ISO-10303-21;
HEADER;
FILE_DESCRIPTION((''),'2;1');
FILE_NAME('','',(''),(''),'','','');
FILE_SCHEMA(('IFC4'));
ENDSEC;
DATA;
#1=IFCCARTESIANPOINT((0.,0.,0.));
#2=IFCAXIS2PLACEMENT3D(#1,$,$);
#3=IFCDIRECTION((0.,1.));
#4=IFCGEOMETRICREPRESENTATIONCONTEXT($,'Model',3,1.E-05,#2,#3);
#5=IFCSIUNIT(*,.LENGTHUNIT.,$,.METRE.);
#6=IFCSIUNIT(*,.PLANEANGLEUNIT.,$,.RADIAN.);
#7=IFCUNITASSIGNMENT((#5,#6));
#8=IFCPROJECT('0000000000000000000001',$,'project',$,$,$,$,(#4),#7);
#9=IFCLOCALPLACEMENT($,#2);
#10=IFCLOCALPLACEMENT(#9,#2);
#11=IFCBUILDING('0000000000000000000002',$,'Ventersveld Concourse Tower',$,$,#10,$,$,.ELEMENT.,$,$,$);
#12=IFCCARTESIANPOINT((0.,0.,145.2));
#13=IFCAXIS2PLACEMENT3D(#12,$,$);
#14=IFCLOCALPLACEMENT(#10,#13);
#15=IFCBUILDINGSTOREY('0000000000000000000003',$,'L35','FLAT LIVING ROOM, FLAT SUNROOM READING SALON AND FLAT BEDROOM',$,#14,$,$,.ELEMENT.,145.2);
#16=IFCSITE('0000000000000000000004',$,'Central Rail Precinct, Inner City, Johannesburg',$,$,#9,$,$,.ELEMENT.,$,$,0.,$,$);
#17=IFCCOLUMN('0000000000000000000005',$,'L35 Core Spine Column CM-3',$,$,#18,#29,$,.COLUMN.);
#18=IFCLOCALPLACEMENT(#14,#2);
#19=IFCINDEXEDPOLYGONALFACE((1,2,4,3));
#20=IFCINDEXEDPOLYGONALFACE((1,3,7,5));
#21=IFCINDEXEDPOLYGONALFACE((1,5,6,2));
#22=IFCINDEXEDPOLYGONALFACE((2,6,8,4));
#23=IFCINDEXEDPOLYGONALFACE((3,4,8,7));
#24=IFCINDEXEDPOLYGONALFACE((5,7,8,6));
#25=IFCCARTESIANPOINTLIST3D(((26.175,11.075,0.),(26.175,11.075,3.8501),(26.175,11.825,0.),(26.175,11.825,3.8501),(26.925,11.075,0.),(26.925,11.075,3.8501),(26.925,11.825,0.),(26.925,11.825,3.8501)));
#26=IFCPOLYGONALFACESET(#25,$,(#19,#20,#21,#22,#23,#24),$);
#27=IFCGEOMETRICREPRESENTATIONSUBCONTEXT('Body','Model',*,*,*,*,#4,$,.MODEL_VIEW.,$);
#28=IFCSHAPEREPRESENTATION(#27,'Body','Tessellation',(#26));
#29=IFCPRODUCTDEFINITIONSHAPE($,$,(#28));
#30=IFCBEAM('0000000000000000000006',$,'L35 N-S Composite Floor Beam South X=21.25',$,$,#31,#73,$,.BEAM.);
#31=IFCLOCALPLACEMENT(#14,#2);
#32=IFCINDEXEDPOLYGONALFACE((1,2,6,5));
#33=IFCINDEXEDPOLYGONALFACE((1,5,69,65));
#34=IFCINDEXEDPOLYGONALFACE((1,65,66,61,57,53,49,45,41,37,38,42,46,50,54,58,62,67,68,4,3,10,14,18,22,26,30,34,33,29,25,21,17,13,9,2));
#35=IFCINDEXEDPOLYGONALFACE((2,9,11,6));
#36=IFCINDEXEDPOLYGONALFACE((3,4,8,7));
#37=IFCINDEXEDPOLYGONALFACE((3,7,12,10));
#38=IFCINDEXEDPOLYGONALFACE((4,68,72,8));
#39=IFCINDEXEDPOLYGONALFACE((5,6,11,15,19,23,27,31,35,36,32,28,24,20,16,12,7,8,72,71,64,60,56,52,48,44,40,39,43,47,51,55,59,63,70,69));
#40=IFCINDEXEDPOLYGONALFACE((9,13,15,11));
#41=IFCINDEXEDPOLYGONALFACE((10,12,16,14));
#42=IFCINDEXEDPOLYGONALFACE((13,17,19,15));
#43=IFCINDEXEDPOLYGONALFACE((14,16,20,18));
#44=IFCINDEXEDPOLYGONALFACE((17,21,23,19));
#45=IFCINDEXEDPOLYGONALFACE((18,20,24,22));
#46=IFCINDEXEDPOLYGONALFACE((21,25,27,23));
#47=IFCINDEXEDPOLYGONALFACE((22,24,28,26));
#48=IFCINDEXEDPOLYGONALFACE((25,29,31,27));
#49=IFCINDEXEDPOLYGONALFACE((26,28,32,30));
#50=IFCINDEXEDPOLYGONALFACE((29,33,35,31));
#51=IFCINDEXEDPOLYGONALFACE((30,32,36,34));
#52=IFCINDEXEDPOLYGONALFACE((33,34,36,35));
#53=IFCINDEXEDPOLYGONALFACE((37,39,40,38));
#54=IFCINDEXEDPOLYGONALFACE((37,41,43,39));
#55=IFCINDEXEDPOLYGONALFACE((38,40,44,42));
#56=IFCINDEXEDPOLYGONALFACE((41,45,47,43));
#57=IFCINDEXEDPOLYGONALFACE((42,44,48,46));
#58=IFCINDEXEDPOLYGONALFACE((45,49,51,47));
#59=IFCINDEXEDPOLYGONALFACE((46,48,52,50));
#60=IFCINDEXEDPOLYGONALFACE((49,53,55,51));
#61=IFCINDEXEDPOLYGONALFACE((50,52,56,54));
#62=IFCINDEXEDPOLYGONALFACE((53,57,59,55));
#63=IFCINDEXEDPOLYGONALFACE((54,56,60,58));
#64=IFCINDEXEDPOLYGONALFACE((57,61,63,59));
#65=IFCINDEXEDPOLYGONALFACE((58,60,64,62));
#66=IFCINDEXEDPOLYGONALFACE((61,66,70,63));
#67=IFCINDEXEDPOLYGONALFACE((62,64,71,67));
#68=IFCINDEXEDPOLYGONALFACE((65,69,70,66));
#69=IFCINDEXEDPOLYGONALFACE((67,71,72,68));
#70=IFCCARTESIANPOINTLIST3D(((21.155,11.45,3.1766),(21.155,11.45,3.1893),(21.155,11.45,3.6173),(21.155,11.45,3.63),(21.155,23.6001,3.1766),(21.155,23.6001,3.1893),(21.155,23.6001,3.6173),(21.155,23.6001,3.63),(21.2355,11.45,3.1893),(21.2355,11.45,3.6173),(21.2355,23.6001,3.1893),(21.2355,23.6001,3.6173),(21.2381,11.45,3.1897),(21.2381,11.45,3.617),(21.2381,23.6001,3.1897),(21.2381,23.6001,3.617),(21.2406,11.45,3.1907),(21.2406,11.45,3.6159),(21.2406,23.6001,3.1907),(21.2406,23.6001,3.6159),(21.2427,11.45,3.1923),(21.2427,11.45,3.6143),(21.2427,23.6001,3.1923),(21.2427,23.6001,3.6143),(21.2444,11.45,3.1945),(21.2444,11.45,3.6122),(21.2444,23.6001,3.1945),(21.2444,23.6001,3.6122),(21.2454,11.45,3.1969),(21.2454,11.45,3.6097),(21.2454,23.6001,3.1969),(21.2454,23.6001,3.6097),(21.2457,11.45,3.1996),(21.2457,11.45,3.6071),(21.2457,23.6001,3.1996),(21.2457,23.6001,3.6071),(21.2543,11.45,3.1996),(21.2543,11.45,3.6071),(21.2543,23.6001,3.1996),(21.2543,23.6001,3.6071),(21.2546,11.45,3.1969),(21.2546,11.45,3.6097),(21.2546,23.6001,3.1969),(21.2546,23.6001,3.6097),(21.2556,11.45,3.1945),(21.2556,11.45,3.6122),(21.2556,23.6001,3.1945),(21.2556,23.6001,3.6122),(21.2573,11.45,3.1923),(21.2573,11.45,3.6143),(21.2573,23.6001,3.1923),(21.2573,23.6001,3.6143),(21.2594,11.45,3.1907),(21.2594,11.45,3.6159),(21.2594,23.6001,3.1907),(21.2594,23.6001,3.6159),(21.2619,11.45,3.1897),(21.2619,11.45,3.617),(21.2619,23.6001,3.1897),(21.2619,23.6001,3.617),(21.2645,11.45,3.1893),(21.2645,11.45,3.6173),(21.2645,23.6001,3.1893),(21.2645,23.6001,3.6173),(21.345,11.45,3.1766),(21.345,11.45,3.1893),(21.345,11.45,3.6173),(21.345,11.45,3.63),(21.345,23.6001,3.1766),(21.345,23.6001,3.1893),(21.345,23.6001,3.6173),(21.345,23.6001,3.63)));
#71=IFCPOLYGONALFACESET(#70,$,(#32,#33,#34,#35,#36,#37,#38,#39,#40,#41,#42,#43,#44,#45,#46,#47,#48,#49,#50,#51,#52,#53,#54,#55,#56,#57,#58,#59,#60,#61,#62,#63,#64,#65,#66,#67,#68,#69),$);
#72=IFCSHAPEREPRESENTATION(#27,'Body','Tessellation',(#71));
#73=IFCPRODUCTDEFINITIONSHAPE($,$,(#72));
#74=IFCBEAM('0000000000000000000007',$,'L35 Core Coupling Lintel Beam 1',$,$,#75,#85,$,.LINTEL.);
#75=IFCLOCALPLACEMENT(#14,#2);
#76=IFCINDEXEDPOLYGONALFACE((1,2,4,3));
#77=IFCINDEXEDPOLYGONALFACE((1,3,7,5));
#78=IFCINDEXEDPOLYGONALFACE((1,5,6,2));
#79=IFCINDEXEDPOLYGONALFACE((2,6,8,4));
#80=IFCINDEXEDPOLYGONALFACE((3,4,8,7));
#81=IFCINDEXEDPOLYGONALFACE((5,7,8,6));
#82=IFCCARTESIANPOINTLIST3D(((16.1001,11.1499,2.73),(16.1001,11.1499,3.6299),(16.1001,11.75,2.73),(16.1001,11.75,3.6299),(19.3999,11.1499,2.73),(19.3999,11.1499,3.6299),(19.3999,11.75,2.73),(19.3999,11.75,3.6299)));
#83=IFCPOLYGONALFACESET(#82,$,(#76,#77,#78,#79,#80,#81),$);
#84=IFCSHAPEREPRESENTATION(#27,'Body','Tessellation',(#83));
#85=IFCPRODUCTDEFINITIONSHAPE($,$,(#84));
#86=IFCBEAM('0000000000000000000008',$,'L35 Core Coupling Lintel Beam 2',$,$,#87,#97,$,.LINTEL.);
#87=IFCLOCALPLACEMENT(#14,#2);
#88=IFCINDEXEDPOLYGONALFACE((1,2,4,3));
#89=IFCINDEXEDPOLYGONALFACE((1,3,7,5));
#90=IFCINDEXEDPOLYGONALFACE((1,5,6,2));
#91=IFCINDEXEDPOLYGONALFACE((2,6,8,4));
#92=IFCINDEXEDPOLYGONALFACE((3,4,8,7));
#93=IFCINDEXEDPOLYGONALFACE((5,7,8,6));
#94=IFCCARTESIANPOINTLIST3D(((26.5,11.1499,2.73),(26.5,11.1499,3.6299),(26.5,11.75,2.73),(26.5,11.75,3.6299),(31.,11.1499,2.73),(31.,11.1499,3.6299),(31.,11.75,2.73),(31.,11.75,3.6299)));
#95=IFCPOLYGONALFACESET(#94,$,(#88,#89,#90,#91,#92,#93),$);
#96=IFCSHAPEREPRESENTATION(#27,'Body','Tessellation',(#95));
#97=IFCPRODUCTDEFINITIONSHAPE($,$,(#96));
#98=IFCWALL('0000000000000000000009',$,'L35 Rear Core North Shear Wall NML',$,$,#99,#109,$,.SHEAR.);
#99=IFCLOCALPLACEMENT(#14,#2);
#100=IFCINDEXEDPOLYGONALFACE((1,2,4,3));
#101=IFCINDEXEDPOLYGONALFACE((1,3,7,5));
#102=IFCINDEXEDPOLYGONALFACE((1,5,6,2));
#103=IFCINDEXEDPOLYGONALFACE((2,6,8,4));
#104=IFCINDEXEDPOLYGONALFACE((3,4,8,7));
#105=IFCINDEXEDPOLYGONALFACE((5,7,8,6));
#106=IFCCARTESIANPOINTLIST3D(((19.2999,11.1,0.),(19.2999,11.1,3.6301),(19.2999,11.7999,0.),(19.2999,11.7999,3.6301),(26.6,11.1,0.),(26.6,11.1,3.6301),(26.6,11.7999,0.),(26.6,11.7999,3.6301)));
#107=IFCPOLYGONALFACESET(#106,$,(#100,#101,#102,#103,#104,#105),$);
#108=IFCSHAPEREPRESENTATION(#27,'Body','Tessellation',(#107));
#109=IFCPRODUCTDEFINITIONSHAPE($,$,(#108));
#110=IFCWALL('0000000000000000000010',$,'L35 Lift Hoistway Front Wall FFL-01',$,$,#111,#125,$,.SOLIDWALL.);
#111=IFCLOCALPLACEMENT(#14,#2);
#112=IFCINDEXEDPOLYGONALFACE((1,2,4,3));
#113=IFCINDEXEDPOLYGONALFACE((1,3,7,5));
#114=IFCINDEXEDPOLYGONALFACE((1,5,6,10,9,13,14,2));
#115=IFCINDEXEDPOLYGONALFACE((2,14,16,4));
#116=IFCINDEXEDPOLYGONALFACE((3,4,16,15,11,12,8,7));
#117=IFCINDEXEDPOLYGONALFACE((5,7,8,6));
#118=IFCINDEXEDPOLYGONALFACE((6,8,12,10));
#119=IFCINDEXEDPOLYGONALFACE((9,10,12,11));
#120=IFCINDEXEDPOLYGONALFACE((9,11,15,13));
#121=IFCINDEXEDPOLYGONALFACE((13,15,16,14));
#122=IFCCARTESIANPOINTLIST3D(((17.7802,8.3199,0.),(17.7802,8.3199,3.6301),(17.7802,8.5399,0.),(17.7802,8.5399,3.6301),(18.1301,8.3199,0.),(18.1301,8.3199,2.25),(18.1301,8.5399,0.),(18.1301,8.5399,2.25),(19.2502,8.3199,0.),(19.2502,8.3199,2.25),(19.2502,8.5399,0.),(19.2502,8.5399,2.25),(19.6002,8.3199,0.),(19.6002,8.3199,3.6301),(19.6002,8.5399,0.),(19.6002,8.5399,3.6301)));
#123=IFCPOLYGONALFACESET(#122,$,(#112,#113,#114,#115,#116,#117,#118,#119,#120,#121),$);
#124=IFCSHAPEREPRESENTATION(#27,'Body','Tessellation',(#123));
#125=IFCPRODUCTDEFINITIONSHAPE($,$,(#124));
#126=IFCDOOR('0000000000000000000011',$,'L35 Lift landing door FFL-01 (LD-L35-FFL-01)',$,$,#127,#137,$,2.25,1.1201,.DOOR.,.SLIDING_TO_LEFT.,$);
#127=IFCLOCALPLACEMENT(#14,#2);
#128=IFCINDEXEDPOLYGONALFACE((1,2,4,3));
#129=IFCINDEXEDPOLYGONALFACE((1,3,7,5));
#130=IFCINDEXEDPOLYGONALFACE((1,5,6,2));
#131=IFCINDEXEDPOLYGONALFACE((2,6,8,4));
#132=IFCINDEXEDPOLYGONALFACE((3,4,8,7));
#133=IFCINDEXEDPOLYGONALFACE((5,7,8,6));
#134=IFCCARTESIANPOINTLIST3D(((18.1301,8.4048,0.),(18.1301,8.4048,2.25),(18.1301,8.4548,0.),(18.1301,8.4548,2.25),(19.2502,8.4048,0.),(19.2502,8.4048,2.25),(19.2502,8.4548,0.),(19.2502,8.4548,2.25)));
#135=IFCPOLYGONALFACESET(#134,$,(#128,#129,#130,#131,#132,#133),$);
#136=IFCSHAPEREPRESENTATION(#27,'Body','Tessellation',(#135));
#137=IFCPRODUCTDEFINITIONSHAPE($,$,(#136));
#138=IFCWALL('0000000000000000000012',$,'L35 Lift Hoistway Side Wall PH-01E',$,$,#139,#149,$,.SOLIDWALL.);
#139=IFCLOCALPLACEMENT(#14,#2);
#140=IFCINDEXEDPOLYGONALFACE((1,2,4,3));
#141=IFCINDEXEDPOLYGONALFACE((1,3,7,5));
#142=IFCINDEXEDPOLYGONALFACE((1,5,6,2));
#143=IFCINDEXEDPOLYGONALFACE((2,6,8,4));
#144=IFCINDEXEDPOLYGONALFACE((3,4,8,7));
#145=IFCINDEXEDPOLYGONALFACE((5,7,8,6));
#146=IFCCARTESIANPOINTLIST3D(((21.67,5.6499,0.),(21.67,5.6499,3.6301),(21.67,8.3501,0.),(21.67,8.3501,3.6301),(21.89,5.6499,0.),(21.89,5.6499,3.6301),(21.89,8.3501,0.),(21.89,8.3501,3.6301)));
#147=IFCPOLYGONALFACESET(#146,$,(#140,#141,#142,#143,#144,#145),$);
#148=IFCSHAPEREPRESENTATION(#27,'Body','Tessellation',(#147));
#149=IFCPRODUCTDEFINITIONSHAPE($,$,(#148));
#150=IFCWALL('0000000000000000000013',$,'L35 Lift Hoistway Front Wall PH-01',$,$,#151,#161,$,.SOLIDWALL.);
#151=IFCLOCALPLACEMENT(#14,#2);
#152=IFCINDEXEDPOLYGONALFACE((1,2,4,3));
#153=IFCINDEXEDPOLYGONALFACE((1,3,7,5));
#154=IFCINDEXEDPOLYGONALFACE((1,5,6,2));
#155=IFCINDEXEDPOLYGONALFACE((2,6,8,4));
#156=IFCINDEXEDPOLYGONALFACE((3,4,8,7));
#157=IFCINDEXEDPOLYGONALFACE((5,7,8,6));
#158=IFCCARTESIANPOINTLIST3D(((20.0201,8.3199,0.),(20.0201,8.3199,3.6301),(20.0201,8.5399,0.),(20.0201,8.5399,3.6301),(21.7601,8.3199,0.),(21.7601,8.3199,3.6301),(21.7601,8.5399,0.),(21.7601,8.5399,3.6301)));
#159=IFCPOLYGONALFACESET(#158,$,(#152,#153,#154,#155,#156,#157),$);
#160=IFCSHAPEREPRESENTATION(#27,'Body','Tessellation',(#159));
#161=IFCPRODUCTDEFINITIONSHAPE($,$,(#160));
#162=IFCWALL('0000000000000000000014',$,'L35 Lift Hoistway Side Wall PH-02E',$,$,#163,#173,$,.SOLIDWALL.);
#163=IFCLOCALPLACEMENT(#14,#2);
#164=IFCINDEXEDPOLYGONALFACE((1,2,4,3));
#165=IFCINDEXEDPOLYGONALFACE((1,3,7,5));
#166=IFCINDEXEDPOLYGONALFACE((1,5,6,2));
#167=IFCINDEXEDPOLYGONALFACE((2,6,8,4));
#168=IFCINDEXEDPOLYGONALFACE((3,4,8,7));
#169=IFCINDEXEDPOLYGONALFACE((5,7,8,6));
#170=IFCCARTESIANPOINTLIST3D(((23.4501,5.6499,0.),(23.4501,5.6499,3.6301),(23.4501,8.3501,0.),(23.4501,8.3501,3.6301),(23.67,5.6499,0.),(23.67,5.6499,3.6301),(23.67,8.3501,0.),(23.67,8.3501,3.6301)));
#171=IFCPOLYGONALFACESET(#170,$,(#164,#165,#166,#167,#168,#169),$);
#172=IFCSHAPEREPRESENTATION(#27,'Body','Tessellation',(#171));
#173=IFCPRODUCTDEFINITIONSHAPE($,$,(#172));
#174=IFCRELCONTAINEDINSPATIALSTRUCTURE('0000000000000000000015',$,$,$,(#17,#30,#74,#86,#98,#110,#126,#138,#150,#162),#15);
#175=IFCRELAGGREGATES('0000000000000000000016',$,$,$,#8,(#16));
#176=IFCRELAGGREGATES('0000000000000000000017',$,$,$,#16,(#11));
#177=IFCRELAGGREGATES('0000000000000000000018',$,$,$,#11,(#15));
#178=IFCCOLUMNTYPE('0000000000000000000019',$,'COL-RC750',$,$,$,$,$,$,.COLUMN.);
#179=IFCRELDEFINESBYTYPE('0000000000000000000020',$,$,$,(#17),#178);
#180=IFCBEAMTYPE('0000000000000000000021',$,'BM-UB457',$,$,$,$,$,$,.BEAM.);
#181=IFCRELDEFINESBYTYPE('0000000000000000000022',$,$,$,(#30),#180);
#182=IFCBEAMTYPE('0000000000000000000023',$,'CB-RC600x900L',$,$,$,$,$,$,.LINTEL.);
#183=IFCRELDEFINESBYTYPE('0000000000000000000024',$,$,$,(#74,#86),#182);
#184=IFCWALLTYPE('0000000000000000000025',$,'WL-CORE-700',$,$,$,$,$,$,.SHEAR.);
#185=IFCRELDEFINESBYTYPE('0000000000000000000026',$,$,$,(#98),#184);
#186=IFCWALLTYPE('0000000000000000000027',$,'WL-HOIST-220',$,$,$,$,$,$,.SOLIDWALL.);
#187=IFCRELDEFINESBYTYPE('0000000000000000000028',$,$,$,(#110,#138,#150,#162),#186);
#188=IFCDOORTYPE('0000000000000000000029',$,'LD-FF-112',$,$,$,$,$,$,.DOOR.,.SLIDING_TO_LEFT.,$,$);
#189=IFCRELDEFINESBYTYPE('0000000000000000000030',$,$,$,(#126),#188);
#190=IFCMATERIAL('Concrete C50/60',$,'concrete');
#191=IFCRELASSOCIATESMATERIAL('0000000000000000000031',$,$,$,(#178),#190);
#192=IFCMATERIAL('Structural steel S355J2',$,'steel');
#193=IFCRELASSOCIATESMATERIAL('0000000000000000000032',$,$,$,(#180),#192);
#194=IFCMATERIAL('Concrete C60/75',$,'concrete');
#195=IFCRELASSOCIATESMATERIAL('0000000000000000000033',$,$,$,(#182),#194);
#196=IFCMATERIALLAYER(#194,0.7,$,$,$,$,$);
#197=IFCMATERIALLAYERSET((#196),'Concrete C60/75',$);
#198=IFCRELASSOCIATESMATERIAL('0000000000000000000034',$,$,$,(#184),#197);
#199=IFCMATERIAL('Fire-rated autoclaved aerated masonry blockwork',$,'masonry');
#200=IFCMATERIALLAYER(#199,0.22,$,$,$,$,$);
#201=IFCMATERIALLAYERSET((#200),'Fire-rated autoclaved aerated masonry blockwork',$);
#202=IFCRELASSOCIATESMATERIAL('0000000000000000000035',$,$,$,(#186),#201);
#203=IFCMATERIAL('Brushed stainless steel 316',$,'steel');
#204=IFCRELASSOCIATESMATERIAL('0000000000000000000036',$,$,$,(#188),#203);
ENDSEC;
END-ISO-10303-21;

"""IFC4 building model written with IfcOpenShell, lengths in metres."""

from ifc_helpers import new_model, si_unit, direction, frame, frame_2d, origin, origin_2d, place, context, subcontext, project, spatial, rectangle, i_section, extrude, material, layer, layer_set, material_profile, profile_set, type_object, element, fill, save


model = new_model("IFC4")

# Units and contexts
model_context = context("Model", 3, precision=1e-05, world=origin(), true_north=direction((0.0, 1.0)))
body_context = subcontext(model_context, "Body", "Model", "MODEL_VIEW")
ifc_project = project(units=[si_unit("LENGTHUNIT", "METRE"), si_unit("PLANEANGLEUNIT", "RADIAN")], contexts=[model_context])

# Site, building, storey
site_placement = place(None, origin())
site = spatial("IfcSite", under=ifc_project, at=site_placement, Name="Central Rail Precinct, Inner City, Johannesburg", CompositionType="ELEMENT", RefElevation=0.0)
building_placement = place(site_placement, origin())
building = spatial("IfcBuilding", under=site, at=building_placement, Name="Ventersveld Concourse Tower", CompositionType="ELEMENT")
storey_placement = place(building_placement, frame((0.0, 0.0, 145.2)))
storey = spatial("IfcBuildingStorey", under=building, at=storey_placement, Name="L35", Description="FLAT LIVING ROOM, FLAT SUNROOM READING SALON AND FLAT BEDROOM", CompositionType="ELEMENT", Elevation=145.2)

# Column
ifc_material_1 = material(Name="Concrete C50/60", Category="concrete")
ifc_material_profile_1 = material_profile(ifc_material_1, rectangle(XDim=0.75, YDim=0.75, at=origin_2d()), Name="RC 750x750")
ifc_profile_set_1 = profile_set([ifc_material_profile_1], Name="Concrete C50/60")
column_type = type_object("IfcColumnType", Name="COL-RC750", PredefinedType="COLUMN", material=ifc_profile_set_1)
column_placement = place(storey_placement, frame((26.55, 11.45, 0.0), z_axis=(0.0, 0.0, 1.0), x_axis=(1.0, 0.0, 0.0)))
element("IfcColumn", 1, at=column_placement, inside=storey, type_object=column_type, Name="L35 Core Spine Column CM-3", PredefinedType="COLUMN", context=body_context, shape_type="SweptSolid", body=[
    extrude(rectangle(XDim=0.75, YDim=0.75, at=origin_2d()), origin(), (0.0, 0.0, 1.0), 3.8501),
])

# Beams
ifc_material_2 = material(Name="Structural steel S355J2", Category="steel")
ifc_material_profile_2 = material_profile(ifc_material_2, i_section(OverallWidth=0.1899, OverallDepth=0.4534, WebThickness=0.0085, FlangeThickness=0.0127, FilletRadius=0.0103, at=origin_2d()), Name="UB 457x191x67")
ifc_profile_set_2 = profile_set([ifc_material_profile_2], Name="Structural steel S355J2")
beam_type_1 = type_object("IfcBeamType", Name="BM-UB457", PredefinedType="BEAM", material=ifc_profile_set_2)
beam_1_placement = place(storey_placement, frame((21.25, 11.45, 3.4033), z_axis=(0.0, 1.0, 0.0), x_axis=(-1.0, 0.0, 0.0)))
element("IfcBeam", 2, at=beam_1_placement, inside=storey, type_object=beam_type_1, Name="L35 N-S Composite Floor Beam South X=21.25", PredefinedType="BEAM", context=body_context, shape_type="SweptSolid", body=[
    extrude(i_section(OverallWidth=0.1899, OverallDepth=0.4534, WebThickness=0.0085, FlangeThickness=0.0127, FilletRadius=0.0103, at=origin_2d()), origin(), (0.0, 0.0, 1.0), 12.1501),
])
ifc_material_3 = material(Name="Concrete C60/75", Category="concrete")
ifc_material_profile_3 = material_profile(ifc_material_3, rectangle(XDim=0.6001, YDim=0.8999, at=origin_2d()), Name="RC 600x900")
ifc_profile_set_3 = profile_set([ifc_material_profile_3], Name="Concrete C60/75")
beam_type_2 = type_object("IfcBeamType", Name="CB-RC600x900L", PredefinedType="LINTEL", material=ifc_profile_set_3)
beam_2_placement = place(storey_placement, frame((16.1001, 11.45, 3.1799), z_axis=(1.0, 0.0, 0.0), x_axis=(0.0, 1.0, 0.0)))
element("IfcBeam", 3, at=beam_2_placement, inside=storey, type_object=beam_type_2, Name="L35 Core Coupling Lintel Beam 1", PredefinedType="LINTEL", context=body_context, shape_type="SweptSolid", body=[
    extrude(rectangle(XDim=0.6001, YDim=0.8999, at=origin_2d()), origin(), (0.0, 0.0, 1.0), 3.2998),
])
beam_3_placement = place(storey_placement, frame((26.5, 11.45, 3.1799), z_axis=(1.0, 0.0, 0.0), x_axis=(0.0, 1.0, 0.0)))
element("IfcBeam", 4, at=beam_3_placement, inside=storey, type_object=beam_type_2, Name="L35 Core Coupling Lintel Beam 2", PredefinedType="LINTEL", context=body_context, shape_type="SweptSolid", body=[
    extrude(rectangle(XDim=0.6001, YDim=0.8999, at=origin_2d()), origin(), (0.0, 0.0, 1.0), 4.5),
])

# Wall
ifc_layer_1 = layer(ifc_material_3, 0.7)
ifc_layer_set_1 = layer_set([ifc_layer_1], Name="Concrete C60/75")
wall_type_1 = type_object("IfcWallType", Name="WL-CORE-700", PredefinedType="SHEAR", material=ifc_layer_set_1)
wall_1_placement = place(storey_placement, frame((19.3, 11.45, 0.0), z_axis=(0.0, 0.0, 1.0), x_axis=(1.0, 0.0, 0.0)))
element("IfcWall", 5, at=wall_1_placement, inside=storey, type_object=wall_type_1, Name="L35 Rear Core North Shear Wall NML", PredefinedType="SHEAR", context=body_context, shape_type="SweptSolid", body=[
    extrude(rectangle(XDim=7.3, YDim=0.7, at=frame_2d((3.6499, 0.0))), origin(), (0.0, 0.0, 1.0), 3.6301),
])

# Wall, opening, door
ifc_material_4 = material(Name="Fire-rated autoclaved aerated masonry blockwork", Category="masonry")
ifc_layer_2 = layer(ifc_material_4, 0.22)
ifc_layer_set_2 = layer_set([ifc_layer_2], Name="Fire-rated autoclaved aerated masonry blockwork")
wall_type_2 = type_object("IfcWallType", Name="WL-HOIST-220", PredefinedType="SOLIDWALL", material=ifc_layer_set_2)
wall_2_placement = place(storey_placement, frame((17.78, 8.4299, 0.0), z_axis=(0.0, 0.0, 1.0), x_axis=(1.0, 0.0, 0.0)))
wall_2 = element("IfcWall", 6, at=wall_2_placement, inside=storey, type_object=wall_type_2, Name="L35 Lift Hoistway Front Wall FFL-01", PredefinedType="SOLIDWALL", context=body_context, shape_type="SweptSolid", body=[
    extrude(rectangle(XDim=1.8201, YDim=0.22, at=frame_2d((0.9102, 0.0))), origin(), (0.0, 0.0, 1.0), 3.6301),
])
opening_1_placement = place(wall_2_placement, frame((0.3501, 0.0, 0.0)))
opening_1 = element("IfcOpeningElement", 7, at=opening_1_placement, cuts=wall_2, PredefinedType="OPENING", context=body_context, shape_type="SweptSolid", body=[
    extrude(rectangle(XDim=1.1201, YDim=2.25, at=frame_2d((0.5601, 1.125))), frame((0.0, 0.1201, 0.0), z_axis=(0.0, -1.0, 0.0), x_axis=(1.0, 0.0, 0.0)), (0.0, 0.0, 1.0), 0.24),
])
ifc_material_5 = material(Name="Brushed stainless steel 316", Category="steel")
door_type_1 = type_object("IfcDoorType", Name="LD-FF-112", OperationType="SLIDING_TO_LEFT", PredefinedType="DOOR", material=ifc_material_5)
door_1_placement = place(opening_1_placement, origin())
door_1 = element("IfcDoor", 8, at=door_1_placement, inside=storey, type_object=door_type_1, Name="L35 Lift landing door FFL-01 (LD-L35-FFL-01)", OperationType="SLIDING_TO_LEFT", OverallHeight=2.25, OverallWidth=1.1201, PredefinedType="DOOR", context=body_context, shape_type="SweptSolid", body=[
    extrude(rectangle(XDim=1.1201, YDim=2.25, at=frame_2d((0.5601, 1.125))), frame((0.0, 0.0249, 0.0), z_axis=(0.0, -1.0, 0.0), x_axis=(1.0, 0.0, 0.0)), (0.0, 0.0, 1.0), 0.05),
])
fill(opening_1, door_1)

# Walls
wall_3_placement = place(storey_placement, frame((21.78, 5.6499, 0.0), z_axis=(0.0, 0.0, 1.0), x_axis=(0.0, 1.0, 0.0)))
element("IfcWall", 9, at=wall_3_placement, inside=storey, type_object=wall_type_2, Name="L35 Lift Hoistway Side Wall PH-01E", PredefinedType="SOLIDWALL", context=body_context, shape_type="SweptSolid", body=[
    extrude(rectangle(XDim=2.7002, YDim=0.22, at=frame_2d((1.3501, 0.0))), origin(), (0.0, 0.0, 1.0), 3.6301),
])
wall_4_placement = place(storey_placement, frame((20.02, 8.4299, 0.0), z_axis=(0.0, 0.0, 1.0), x_axis=(1.0, 0.0, 0.0)))
element("IfcWall", 10, at=wall_4_placement, inside=storey, type_object=wall_type_2, Name="L35 Lift Hoistway Front Wall PH-01", PredefinedType="SOLIDWALL", context=body_context, shape_type="SweptSolid", body=[
    extrude(rectangle(XDim=1.74, YDim=0.22, at=frame_2d((0.8701, 0.0))), origin(), (0.0, 0.0, 1.0), 3.6301),
])
wall_5_placement = place(storey_placement, frame((23.5601, 5.6499, 0.0), z_axis=(0.0, 0.0, 1.0), x_axis=(0.0, 1.0, 0.0)))
element("IfcWall", 11, at=wall_5_placement, inside=storey, type_object=wall_type_2, Name="L35 Lift Hoistway Side Wall PH-02E", PredefinedType="SOLIDWALL", context=body_context, shape_type="SweptSolid", body=[
    extrude(rectangle(XDim=2.7002, YDim=0.22, at=frame_2d((1.3501, 0.0))), origin(), (0.0, 0.0, 1.0), 3.6301),
])

save(model, "model.ifc")
